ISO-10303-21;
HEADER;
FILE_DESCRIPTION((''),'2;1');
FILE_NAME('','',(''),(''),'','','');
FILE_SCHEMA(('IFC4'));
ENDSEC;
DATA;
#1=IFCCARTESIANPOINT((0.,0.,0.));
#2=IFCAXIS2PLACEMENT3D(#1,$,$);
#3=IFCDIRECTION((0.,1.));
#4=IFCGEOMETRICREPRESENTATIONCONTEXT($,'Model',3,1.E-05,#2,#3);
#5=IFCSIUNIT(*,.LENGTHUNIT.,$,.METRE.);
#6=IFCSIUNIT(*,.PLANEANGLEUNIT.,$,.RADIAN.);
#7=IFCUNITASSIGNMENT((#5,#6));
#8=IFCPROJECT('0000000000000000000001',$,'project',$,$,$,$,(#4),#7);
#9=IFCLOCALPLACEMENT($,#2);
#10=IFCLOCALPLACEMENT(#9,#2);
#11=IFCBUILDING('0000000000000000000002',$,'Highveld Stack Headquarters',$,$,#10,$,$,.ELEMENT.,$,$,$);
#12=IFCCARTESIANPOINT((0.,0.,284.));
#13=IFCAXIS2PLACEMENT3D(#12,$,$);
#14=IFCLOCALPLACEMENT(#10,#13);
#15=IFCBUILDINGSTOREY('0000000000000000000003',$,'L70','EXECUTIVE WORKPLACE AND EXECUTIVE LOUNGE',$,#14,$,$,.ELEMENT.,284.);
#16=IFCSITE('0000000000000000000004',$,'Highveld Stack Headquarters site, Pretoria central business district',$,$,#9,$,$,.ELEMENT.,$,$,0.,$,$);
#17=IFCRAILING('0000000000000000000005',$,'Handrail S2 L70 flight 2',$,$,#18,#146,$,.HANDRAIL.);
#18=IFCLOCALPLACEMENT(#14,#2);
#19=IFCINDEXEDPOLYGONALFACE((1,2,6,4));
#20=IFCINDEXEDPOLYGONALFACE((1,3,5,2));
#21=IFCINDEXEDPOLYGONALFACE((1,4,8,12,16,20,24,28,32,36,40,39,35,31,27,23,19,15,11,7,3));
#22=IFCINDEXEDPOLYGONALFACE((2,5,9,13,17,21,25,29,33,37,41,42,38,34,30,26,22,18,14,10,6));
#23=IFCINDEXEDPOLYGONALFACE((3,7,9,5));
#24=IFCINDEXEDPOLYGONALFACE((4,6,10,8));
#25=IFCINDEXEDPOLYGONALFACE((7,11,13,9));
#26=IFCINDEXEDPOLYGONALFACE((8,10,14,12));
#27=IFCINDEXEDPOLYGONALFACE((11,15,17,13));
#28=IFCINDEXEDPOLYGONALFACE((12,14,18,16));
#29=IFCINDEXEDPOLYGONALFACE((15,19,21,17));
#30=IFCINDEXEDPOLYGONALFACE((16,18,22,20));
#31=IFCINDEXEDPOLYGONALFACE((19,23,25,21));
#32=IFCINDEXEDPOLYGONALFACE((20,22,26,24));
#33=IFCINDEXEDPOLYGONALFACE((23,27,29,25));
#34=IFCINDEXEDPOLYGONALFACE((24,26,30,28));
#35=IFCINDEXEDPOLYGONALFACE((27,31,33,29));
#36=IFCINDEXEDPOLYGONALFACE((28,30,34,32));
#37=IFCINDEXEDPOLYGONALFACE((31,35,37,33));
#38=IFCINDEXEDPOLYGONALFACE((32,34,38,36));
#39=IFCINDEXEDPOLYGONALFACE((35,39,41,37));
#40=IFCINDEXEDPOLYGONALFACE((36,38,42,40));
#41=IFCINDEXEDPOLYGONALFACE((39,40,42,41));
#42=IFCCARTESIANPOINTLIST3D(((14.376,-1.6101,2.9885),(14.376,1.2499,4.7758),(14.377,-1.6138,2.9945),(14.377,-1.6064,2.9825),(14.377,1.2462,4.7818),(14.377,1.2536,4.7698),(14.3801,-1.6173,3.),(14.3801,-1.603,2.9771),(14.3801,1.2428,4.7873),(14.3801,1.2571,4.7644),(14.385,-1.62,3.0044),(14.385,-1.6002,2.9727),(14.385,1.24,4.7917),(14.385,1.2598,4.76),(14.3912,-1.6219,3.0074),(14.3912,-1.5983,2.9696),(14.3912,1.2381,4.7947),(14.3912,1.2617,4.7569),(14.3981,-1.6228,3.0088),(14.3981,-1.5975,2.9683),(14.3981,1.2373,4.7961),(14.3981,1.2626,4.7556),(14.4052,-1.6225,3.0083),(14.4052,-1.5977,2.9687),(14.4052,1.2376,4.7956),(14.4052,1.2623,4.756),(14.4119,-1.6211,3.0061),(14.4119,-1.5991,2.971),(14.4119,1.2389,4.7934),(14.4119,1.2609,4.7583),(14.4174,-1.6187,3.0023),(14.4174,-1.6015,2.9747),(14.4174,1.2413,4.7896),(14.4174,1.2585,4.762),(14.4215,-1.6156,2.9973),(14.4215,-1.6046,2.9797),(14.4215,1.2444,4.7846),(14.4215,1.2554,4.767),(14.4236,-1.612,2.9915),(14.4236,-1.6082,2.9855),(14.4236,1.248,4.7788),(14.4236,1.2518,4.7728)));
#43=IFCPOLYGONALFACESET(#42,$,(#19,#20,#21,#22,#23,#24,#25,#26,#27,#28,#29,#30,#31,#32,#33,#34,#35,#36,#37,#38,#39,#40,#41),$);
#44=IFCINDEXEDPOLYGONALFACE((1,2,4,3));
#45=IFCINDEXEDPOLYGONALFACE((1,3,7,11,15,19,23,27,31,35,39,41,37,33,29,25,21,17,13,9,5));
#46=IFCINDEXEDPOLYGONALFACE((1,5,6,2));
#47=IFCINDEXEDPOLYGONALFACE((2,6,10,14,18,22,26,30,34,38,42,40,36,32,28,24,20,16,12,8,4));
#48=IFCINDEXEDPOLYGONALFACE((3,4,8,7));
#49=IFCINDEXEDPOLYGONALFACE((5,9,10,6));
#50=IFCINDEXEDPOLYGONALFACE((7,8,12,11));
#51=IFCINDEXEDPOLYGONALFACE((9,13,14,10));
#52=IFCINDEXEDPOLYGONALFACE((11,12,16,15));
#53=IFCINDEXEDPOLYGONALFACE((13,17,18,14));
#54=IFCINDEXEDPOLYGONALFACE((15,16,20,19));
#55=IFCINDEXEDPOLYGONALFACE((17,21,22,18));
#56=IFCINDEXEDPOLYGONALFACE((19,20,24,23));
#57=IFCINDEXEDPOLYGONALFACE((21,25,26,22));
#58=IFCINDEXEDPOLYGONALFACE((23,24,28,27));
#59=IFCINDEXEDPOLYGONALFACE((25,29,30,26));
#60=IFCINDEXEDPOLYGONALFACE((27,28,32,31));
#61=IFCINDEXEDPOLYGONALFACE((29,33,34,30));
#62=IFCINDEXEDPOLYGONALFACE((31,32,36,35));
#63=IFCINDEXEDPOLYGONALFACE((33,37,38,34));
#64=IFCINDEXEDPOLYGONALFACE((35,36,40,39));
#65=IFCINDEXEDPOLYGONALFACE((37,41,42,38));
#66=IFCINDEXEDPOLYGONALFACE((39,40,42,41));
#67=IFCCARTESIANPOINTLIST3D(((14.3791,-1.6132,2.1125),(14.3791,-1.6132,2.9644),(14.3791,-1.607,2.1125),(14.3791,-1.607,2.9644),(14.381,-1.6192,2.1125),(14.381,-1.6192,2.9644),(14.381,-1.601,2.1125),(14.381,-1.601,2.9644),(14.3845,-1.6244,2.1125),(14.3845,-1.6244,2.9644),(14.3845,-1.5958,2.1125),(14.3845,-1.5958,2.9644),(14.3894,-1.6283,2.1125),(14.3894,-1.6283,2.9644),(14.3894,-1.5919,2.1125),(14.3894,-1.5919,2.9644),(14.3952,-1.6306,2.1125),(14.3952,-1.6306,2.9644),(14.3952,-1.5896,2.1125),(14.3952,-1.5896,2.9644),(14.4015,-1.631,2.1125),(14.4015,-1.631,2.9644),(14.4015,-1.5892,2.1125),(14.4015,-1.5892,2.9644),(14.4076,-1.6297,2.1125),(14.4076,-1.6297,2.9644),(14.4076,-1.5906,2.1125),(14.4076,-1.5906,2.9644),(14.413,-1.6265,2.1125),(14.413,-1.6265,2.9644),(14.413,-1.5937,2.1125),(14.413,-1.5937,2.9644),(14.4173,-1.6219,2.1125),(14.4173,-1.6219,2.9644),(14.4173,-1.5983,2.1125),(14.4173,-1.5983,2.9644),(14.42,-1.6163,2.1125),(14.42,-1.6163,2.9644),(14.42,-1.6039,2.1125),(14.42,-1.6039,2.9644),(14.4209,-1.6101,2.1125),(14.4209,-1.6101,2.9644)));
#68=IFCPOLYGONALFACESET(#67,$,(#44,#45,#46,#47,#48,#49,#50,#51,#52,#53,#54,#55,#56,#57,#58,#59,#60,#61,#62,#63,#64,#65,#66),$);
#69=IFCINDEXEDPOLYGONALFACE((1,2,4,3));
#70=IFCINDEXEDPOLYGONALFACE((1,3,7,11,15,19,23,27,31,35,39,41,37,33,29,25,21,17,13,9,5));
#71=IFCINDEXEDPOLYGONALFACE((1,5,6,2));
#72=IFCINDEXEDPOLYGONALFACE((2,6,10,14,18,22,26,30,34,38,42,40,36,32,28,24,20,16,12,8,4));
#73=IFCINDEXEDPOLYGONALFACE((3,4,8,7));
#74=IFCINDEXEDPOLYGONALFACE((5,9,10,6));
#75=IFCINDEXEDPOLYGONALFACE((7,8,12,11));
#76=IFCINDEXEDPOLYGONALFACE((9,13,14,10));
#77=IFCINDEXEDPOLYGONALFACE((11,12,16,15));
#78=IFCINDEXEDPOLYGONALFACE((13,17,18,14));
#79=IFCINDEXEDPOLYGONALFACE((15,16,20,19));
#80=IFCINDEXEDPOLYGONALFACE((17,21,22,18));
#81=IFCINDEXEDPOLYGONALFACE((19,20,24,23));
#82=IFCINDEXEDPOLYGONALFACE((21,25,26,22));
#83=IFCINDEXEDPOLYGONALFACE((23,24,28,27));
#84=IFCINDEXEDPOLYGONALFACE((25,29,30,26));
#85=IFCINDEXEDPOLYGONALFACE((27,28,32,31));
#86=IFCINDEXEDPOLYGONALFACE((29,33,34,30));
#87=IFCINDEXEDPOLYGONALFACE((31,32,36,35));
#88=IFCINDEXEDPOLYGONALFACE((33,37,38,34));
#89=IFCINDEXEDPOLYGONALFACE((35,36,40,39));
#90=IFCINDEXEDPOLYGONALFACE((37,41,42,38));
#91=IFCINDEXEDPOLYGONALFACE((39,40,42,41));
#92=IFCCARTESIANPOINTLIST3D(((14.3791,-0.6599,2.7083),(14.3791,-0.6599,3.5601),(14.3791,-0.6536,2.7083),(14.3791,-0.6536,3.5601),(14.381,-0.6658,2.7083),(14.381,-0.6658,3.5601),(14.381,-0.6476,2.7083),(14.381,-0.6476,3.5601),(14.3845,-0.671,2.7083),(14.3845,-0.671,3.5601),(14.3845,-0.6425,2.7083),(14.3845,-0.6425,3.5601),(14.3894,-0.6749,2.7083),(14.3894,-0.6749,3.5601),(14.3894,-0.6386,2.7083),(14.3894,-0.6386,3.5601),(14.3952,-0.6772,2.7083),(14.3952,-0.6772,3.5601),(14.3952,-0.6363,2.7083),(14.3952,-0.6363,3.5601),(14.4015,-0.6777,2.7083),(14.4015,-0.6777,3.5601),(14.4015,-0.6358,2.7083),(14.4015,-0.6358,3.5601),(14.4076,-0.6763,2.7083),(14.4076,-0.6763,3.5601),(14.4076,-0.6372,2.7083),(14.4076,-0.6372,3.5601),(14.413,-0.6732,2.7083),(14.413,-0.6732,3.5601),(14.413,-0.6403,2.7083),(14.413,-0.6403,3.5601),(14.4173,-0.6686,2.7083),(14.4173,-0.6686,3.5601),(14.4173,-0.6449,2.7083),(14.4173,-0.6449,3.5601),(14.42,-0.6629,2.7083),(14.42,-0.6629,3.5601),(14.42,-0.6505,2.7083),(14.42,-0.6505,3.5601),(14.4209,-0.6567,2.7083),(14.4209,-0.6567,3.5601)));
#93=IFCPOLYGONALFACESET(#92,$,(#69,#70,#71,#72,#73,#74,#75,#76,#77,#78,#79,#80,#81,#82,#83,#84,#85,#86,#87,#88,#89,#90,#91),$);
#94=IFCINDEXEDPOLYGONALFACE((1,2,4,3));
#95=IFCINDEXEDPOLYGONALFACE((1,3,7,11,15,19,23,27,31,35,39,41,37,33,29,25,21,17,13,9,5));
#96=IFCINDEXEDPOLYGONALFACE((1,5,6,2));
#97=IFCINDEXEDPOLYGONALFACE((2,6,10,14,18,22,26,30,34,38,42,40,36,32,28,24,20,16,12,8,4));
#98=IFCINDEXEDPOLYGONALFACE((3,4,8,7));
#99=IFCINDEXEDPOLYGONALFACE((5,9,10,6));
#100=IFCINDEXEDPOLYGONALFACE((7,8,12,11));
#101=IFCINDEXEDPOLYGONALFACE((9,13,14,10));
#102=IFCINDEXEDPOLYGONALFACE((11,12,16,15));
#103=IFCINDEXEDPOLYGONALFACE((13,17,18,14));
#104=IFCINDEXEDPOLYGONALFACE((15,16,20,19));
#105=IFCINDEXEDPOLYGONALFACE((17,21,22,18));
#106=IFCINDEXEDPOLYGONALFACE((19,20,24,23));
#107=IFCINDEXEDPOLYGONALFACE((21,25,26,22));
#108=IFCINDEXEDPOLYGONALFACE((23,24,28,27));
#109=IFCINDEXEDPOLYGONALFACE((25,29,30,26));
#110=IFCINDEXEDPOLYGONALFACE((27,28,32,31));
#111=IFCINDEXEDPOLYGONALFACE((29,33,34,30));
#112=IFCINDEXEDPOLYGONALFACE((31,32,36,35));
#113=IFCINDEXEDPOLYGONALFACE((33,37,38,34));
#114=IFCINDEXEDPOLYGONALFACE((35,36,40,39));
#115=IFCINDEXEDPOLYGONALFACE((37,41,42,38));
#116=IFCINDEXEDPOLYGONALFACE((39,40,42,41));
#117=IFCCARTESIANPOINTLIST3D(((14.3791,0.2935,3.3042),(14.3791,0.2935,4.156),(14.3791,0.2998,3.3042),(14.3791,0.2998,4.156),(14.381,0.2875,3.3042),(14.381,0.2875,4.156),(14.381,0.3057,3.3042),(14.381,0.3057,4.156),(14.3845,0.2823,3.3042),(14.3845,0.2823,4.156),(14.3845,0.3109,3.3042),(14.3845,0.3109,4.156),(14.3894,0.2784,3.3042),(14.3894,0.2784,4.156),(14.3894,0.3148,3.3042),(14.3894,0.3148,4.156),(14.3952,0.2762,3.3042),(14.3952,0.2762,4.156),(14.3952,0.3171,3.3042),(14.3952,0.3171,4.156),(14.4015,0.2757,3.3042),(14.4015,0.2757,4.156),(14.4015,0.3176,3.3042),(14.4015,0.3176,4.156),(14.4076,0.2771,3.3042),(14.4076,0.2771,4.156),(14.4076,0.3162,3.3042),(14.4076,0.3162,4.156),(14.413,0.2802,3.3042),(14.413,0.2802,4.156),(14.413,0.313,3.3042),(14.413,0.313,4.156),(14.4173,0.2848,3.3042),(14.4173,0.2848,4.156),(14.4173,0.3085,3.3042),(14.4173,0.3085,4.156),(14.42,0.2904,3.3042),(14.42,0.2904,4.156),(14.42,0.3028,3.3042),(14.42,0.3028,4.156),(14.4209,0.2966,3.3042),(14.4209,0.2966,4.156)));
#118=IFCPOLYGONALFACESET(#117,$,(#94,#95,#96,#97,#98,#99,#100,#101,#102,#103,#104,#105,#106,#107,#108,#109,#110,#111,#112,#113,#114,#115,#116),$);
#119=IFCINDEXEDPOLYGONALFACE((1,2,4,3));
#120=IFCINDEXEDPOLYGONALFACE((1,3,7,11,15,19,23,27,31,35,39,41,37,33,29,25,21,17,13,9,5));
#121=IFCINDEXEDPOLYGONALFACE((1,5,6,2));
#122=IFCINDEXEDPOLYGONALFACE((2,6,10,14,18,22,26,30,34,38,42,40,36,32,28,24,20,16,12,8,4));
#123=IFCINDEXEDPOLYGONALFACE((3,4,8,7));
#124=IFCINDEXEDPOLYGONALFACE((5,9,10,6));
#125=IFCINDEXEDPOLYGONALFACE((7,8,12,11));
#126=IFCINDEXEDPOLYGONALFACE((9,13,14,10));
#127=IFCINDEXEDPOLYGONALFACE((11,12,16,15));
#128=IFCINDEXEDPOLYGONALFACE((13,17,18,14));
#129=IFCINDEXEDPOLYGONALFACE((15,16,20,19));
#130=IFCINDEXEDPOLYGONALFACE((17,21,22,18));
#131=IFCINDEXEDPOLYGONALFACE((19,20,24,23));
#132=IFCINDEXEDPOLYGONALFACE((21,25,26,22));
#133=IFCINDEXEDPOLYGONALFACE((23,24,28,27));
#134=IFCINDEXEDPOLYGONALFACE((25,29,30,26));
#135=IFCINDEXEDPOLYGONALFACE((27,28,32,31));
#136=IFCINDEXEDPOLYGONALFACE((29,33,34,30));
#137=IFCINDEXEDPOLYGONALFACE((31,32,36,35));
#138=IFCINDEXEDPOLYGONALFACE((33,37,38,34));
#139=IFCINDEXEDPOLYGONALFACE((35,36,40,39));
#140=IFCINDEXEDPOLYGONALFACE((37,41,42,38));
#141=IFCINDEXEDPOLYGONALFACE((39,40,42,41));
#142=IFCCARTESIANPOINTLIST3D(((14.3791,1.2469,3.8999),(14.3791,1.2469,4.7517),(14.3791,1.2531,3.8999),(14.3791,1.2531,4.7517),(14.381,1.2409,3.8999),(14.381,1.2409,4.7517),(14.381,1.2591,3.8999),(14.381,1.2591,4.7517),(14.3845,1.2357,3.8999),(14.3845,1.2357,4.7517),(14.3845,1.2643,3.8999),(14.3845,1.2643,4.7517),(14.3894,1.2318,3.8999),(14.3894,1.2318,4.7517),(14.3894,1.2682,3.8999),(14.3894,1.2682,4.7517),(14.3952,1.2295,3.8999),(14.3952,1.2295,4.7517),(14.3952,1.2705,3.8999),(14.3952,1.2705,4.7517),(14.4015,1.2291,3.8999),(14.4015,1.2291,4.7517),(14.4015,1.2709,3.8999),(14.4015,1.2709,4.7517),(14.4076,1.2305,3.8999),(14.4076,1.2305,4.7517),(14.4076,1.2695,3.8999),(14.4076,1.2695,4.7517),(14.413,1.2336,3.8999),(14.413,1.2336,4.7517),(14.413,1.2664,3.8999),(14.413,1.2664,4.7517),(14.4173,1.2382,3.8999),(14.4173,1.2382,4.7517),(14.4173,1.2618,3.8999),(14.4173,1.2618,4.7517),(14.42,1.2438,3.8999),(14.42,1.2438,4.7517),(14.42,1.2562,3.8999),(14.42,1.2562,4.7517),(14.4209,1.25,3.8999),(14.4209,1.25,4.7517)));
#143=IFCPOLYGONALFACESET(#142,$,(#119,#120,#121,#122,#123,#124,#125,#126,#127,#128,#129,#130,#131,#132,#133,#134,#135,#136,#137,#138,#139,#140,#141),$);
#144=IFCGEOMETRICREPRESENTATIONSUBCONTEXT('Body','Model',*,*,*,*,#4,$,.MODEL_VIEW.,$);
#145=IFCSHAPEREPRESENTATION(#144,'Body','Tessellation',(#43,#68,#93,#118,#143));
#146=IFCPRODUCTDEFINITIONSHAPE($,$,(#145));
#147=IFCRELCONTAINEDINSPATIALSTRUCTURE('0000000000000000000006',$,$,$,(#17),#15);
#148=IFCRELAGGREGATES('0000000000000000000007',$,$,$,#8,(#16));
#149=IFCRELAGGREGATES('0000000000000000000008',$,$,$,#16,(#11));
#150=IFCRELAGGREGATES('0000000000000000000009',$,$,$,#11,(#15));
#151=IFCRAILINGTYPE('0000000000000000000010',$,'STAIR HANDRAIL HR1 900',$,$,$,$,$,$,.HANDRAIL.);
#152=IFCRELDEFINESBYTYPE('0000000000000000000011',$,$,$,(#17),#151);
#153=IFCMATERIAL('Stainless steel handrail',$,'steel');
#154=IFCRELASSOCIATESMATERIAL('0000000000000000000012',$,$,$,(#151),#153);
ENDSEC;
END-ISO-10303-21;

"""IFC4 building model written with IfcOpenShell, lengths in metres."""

from ifc_helpers import new_model, si_unit, direction, frame, origin, origin_2d, place, context, subcontext, project, spatial, circle, extrude, material, type_object, element, save


model = new_model("IFC4")

# Units and contexts
model_context = context("Model", 3, precision=1e-05, world=origin(), true_north=direction((0.0, 1.0)))
body_context = subcontext(model_context, "Body", "Model", "MODEL_VIEW")
ifc_project = project(units=[si_unit("LENGTHUNIT", "METRE"), si_unit("PLANEANGLEUNIT", "RADIAN")], contexts=[model_context])

# Site, building, storey
site_placement = place(None, origin())
site = spatial("IfcSite", under=ifc_project, at=site_placement, Name="Highveld Stack Headquarters site, Pretoria central business district", CompositionType="ELEMENT", RefElevation=0.0)
building_placement = place(site_placement, origin())
building = spatial("IfcBuilding", under=site, at=building_placement, Name="Highveld Stack Headquarters", CompositionType="ELEMENT")
storey_placement = place(building_placement, frame((0.0, 0.0, 284.0)))
storey = spatial("IfcBuildingStorey", under=building, at=storey_placement, Name="L70", Description="EXECUTIVE WORKPLACE AND EXECUTIVE LOUNGE", CompositionType="ELEMENT", Elevation=284.0)

# Railing
ifc_material_1 = material(Name="Stainless steel handrail", Category="steel")
railing_type = type_object("IfcRailingType", Name="STAIR HANDRAIL HR1 900", PredefinedType="HANDRAIL", material=ifc_material_1)
railing_placement = place(storey_placement, frame((14.3999, -1.6101, 2.1125)))
element("IfcRailing", 1, at=railing_placement, inside=storey, type_object=railing_type, Name="Handrail S2 L70 flight 2", PredefinedType="HANDRAIL", context=body_context, shape_type="SweptSolid", body=[
    extrude(circle(Radius=0.0239, at=origin_2d()), frame((0.0, 0.0, 0.876), z_axis=(0.0, 0.848027, 0.529953), x_axis=(-1.0, 0.0, 0.0)), (0.0, 0.0, 1.0), 3.3726),
    extrude(circle(Radius=0.021, at=origin_2d()), origin(), (0.0, 0.0, 1.0), 0.8518),
    extrude(circle(Radius=0.021, at=origin_2d()), frame((0.0, 0.9534, 0.5957)), (0.0, 0.0, 1.0), 0.8518),
    extrude(circle(Radius=0.021, at=origin_2d()), frame((0.0, 1.9067, 1.1917)), (0.0, 0.0, 1.0), 0.8518),
    extrude(circle(Radius=0.021, at=origin_2d()), frame((0.0, 2.8601, 1.7874)), (0.0, 0.0, 1.0), 0.8518),
])

save(model, "model.ifc")
